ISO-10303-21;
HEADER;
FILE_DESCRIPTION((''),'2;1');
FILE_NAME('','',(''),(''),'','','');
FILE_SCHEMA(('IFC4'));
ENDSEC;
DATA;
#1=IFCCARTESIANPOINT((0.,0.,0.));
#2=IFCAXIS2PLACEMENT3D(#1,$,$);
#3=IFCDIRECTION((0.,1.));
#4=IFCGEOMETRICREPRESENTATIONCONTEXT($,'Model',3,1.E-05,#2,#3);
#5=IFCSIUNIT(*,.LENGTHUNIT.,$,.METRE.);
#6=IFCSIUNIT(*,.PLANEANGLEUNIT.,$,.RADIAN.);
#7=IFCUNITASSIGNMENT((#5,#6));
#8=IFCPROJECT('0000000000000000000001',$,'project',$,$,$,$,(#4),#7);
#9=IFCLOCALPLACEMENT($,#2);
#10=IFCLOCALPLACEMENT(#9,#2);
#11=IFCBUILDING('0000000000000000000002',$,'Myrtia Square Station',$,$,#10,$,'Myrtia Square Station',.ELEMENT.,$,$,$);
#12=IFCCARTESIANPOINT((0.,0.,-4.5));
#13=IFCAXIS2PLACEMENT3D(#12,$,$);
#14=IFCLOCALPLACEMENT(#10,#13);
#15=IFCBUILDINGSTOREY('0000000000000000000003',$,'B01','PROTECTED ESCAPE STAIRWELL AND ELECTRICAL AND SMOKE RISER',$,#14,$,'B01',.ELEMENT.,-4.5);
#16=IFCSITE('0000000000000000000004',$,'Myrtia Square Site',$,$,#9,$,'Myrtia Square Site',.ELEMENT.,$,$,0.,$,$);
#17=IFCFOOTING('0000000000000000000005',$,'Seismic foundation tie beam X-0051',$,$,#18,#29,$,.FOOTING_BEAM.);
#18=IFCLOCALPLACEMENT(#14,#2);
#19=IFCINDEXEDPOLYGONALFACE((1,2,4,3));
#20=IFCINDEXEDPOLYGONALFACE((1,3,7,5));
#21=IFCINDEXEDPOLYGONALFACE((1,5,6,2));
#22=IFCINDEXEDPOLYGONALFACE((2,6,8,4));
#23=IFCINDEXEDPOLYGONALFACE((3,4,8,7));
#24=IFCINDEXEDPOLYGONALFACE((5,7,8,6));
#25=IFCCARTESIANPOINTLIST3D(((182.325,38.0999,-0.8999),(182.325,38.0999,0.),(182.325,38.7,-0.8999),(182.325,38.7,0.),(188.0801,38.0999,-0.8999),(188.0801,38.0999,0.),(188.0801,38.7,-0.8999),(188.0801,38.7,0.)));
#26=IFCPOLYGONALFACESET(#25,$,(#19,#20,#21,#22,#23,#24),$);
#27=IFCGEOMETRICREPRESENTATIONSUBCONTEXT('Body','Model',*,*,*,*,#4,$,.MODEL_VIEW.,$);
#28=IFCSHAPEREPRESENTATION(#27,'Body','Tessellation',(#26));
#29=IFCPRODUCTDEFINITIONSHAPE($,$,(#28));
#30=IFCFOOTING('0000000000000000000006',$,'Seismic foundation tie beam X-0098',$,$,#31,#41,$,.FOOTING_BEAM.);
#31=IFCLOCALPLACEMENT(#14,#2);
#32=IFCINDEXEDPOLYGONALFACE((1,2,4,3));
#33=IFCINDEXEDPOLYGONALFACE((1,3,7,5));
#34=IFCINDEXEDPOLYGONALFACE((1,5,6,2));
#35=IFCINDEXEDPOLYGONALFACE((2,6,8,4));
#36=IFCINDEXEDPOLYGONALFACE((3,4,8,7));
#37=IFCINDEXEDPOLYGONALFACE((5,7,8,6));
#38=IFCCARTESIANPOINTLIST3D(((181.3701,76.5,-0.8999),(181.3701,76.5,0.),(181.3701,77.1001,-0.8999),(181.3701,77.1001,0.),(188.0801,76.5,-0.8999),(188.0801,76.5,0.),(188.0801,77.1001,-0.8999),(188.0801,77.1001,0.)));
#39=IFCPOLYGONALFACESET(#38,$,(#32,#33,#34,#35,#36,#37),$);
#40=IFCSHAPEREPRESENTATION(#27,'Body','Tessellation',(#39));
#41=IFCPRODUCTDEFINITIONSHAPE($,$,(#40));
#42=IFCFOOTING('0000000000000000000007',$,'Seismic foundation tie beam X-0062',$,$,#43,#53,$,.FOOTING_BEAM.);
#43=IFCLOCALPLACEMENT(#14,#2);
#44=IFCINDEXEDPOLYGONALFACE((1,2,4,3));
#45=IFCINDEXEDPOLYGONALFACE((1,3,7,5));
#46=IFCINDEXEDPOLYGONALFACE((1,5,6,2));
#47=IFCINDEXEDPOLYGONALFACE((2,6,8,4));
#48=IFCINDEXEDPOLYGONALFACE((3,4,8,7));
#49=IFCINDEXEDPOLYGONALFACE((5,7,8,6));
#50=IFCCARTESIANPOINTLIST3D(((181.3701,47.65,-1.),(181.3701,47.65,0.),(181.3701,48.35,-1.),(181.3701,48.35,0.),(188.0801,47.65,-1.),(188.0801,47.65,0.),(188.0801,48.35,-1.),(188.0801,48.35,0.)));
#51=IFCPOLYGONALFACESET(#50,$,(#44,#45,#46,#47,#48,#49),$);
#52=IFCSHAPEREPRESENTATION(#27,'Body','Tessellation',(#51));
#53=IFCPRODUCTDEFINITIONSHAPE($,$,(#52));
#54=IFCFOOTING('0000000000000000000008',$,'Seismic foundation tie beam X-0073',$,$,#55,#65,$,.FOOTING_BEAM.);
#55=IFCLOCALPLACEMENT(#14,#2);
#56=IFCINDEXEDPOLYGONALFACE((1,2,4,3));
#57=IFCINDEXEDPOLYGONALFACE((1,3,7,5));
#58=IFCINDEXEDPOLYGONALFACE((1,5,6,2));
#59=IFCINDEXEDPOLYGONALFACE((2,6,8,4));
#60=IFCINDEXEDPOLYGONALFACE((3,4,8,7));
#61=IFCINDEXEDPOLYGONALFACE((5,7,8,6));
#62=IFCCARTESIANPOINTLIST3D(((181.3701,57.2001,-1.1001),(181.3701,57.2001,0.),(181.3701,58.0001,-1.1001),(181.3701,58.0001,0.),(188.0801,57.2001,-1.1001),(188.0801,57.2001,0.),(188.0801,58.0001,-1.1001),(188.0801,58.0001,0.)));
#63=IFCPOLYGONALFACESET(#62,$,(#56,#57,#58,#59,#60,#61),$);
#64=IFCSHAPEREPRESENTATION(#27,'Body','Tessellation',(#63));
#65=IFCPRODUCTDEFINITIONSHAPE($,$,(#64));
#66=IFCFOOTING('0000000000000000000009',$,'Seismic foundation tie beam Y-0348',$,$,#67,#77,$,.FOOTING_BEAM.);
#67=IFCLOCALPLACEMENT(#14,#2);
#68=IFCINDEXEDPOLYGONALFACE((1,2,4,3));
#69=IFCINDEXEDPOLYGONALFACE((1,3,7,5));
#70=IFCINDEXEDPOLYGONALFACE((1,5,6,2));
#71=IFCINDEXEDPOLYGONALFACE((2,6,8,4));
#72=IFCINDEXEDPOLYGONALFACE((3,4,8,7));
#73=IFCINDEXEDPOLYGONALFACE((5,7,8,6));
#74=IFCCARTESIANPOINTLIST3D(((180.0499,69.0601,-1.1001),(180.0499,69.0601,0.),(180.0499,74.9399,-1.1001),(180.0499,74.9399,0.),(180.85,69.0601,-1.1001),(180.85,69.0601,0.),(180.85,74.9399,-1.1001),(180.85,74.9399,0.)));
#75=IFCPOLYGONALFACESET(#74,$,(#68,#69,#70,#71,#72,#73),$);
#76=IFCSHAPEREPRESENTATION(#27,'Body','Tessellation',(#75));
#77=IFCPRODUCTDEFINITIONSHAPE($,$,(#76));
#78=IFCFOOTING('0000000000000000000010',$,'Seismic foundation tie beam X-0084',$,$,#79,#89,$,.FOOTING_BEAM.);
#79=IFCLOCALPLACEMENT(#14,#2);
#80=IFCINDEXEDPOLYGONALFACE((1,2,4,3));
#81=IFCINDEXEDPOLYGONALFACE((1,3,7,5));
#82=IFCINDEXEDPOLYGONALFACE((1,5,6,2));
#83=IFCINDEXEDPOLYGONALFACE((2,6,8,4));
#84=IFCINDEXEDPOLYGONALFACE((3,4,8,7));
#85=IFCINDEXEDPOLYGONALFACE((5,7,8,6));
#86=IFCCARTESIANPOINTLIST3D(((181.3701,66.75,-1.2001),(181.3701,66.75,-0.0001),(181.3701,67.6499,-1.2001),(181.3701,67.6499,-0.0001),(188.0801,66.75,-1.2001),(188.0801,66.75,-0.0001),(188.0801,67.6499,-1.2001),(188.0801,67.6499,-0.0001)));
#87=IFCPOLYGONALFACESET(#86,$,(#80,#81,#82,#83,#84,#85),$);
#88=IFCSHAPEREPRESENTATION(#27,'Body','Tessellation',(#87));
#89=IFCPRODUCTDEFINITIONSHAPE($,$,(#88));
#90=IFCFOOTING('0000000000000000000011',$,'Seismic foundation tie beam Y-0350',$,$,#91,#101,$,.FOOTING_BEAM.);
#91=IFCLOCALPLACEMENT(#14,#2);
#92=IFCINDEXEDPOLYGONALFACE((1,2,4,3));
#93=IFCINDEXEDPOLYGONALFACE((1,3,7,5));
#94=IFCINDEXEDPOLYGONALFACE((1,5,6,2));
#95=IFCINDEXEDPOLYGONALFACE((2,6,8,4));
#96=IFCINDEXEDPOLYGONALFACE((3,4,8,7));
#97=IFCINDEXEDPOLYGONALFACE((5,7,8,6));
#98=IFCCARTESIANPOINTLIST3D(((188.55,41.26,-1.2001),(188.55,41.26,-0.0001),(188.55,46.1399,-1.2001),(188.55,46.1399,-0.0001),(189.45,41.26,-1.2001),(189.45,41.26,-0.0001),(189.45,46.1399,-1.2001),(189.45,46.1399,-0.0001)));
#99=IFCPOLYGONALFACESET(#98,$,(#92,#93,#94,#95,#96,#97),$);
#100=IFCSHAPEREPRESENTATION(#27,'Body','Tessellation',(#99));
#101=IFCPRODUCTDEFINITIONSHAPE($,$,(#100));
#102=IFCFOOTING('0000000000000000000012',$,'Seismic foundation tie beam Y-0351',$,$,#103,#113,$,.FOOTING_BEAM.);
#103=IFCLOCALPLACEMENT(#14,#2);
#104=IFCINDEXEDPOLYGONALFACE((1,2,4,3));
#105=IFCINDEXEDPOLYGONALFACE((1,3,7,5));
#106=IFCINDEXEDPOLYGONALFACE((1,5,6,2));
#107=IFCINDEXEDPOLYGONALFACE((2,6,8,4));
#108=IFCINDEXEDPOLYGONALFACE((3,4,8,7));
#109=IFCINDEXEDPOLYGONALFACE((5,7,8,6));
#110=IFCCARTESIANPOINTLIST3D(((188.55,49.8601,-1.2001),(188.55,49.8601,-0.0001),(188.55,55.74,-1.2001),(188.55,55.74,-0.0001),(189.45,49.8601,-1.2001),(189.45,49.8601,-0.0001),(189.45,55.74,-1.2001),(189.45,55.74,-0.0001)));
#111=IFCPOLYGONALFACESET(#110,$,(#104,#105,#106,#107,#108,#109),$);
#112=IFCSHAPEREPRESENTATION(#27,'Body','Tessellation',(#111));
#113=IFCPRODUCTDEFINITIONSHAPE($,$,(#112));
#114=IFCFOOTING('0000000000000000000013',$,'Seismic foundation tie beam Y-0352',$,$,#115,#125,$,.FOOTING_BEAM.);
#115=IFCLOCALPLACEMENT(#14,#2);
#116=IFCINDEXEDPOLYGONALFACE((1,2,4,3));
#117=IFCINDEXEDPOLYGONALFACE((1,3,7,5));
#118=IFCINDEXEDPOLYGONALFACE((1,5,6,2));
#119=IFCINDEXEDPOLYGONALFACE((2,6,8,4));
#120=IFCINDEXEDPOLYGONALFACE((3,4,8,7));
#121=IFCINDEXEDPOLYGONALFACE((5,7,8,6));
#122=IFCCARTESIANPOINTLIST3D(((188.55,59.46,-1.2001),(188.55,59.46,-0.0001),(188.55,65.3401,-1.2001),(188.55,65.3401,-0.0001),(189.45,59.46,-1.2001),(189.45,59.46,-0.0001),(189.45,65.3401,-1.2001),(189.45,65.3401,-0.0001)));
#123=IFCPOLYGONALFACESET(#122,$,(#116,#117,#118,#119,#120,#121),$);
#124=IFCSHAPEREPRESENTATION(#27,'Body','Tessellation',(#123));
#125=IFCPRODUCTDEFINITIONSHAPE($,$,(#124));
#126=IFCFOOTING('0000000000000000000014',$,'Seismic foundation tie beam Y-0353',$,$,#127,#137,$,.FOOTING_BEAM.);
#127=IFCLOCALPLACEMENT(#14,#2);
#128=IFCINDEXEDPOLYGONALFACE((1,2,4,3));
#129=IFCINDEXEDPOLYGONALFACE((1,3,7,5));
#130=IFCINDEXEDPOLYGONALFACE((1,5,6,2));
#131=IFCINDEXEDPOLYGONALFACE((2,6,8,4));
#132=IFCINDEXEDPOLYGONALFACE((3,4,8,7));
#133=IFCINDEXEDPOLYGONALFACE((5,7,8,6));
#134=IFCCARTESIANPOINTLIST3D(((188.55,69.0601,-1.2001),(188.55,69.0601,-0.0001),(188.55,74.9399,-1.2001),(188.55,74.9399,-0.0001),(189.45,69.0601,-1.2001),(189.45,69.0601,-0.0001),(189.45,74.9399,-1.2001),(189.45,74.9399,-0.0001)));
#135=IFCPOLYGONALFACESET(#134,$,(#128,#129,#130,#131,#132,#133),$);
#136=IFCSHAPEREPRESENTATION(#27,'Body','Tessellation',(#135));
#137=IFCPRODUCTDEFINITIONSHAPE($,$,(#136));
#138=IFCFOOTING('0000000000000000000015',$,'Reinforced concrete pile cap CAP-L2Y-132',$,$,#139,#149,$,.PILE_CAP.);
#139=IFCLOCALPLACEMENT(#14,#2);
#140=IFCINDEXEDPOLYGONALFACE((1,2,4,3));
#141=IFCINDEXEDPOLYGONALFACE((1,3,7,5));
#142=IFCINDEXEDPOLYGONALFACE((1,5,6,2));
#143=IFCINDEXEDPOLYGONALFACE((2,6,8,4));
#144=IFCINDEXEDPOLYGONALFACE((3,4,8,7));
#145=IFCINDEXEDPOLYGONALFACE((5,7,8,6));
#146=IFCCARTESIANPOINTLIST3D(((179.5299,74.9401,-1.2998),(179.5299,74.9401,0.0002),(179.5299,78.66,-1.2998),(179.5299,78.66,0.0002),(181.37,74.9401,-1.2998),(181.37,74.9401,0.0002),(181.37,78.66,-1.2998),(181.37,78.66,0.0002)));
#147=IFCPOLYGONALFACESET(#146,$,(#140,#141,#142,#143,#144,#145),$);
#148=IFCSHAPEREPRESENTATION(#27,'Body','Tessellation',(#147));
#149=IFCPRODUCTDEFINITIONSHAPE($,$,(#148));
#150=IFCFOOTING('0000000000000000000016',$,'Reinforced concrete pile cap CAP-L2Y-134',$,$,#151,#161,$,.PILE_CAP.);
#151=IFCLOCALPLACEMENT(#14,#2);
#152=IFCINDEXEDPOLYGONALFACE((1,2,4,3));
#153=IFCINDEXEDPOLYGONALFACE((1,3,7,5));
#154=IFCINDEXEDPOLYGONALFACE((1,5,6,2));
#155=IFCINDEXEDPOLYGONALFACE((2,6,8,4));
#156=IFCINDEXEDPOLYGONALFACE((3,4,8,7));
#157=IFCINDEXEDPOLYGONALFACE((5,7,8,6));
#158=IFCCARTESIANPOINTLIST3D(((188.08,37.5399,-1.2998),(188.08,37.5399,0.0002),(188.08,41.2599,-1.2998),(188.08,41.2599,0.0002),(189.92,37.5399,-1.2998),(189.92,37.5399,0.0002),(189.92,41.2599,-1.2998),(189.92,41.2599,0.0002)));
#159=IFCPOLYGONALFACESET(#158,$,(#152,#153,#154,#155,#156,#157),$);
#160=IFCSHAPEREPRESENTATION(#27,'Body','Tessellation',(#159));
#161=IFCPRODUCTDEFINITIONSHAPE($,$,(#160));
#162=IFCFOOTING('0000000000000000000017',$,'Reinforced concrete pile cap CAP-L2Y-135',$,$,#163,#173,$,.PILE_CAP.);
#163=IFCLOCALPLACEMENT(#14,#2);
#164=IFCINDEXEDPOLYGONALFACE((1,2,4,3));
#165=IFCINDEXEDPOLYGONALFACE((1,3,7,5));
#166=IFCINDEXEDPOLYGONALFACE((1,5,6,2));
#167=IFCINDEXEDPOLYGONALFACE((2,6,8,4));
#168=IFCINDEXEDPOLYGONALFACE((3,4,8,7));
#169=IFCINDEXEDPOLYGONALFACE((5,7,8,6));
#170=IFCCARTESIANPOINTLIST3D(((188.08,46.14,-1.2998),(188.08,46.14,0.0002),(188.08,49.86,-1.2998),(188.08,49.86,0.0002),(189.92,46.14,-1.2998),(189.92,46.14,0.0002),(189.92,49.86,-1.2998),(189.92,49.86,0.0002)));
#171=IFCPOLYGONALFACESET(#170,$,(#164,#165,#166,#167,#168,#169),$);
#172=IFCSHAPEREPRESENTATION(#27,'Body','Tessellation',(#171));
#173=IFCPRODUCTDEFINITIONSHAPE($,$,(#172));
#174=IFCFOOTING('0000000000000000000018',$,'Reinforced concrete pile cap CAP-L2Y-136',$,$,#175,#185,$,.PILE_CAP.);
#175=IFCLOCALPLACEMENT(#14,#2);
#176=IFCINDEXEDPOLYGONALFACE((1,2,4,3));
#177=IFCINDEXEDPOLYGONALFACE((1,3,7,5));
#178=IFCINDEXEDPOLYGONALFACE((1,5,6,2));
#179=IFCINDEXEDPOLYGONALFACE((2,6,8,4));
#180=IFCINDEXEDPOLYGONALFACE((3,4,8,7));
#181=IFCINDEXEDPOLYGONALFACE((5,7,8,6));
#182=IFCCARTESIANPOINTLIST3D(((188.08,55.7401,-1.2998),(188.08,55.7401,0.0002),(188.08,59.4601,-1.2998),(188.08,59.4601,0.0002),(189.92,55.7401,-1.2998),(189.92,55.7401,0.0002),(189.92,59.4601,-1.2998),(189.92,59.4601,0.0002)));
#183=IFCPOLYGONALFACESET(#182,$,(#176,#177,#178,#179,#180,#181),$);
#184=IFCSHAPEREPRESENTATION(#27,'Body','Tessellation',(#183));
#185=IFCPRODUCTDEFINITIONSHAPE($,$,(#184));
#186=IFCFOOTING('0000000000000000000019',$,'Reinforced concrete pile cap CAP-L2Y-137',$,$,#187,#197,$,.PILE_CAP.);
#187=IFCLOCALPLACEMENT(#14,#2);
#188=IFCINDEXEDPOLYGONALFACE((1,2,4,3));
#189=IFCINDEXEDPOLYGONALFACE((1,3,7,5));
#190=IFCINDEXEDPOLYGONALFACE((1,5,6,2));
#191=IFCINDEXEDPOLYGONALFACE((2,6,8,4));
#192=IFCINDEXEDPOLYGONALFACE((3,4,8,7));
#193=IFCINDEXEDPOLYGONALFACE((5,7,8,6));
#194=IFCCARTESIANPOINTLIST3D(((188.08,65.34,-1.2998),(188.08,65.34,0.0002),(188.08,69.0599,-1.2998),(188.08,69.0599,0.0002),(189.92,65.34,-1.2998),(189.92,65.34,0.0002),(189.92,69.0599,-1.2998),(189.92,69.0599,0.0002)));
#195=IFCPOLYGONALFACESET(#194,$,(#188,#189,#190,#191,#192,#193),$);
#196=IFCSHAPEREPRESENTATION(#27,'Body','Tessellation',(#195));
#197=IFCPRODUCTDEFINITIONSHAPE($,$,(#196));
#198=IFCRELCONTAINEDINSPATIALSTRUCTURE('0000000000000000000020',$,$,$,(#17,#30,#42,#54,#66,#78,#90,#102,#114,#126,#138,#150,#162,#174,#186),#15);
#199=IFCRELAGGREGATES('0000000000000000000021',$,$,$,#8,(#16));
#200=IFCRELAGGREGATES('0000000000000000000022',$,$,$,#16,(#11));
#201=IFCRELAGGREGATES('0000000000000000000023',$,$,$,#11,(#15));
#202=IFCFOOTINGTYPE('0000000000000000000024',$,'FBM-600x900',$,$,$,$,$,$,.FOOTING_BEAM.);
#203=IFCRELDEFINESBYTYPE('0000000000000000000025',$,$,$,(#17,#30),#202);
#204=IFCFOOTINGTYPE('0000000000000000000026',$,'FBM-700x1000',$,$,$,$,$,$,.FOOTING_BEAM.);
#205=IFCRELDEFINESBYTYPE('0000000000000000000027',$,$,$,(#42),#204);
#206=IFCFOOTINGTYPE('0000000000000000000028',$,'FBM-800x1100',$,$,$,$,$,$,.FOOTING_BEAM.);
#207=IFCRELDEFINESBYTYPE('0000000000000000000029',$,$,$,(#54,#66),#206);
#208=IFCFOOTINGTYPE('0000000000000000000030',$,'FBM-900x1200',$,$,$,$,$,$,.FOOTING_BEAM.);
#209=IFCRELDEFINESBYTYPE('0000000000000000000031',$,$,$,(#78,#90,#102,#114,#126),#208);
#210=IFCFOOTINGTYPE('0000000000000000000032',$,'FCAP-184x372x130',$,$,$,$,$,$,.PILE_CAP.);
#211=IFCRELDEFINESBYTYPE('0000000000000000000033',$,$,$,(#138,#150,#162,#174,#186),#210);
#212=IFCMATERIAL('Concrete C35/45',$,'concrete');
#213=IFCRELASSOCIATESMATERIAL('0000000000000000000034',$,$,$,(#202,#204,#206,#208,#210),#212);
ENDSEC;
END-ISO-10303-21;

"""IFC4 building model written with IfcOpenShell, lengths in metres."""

from ifc_helpers import new_model, si_unit, direction, frame, origin, origin_2d, place, context, subcontext, project, spatial, rectangle, extrude, material, material_profile, profile_set, type_object, element, save


model = new_model("IFC4")

# Units and contexts
model_context = context("Model", 3, precision=1e-05, world=origin(), true_north=direction((0.0, 1.0)))
body_context = subcontext(model_context, "Body", "Model", "MODEL_VIEW")
ifc_project = project(units=[si_unit("LENGTHUNIT", "METRE"), si_unit("PLANEANGLEUNIT", "RADIAN")], contexts=[model_context])

# Site, building, storey
site_placement = place(None, origin())
site = spatial("IfcSite", under=ifc_project, at=site_placement, Name="Myrtia Square Site", LongName="Myrtia Square Site", CompositionType="ELEMENT", RefElevation=0.0)
building_placement = place(site_placement, origin())
building = spatial("IfcBuilding", under=site, at=building_placement, Name="Myrtia Square Station", LongName="Myrtia Square Station", CompositionType="ELEMENT")
storey_placement = place(building_placement, frame((0.0, 0.0, -4.5)))
storey = spatial("IfcBuildingStorey", under=building, at=storey_placement, Name="B01", Description="PROTECTED ESCAPE STAIRWELL AND ELECTRICAL AND SMOKE RISER", LongName="B01", CompositionType="ELEMENT", Elevation=-4.5)

# Footings
ifc_material_1 = material(Name="Concrete C35/45", Category="concrete")
ifc_material_profile_1 = material_profile(ifc_material_1, rectangle(XDim=0.6001, YDim=0.8999, at=origin_2d()), Name="FB 600x900")
ifc_profile_set_1 = profile_set([ifc_material_profile_1], Name="Concrete C35/45")
footing_type_1 = type_object("IfcFootingType", Name="FBM-600x900", PredefinedType="FOOTING_BEAM", material=ifc_profile_set_1)
footing_1_placement = place(storey_placement, frame((182.325, 38.3999, -0.45), z_axis=(1.0, 0.0, 0.0), x_axis=(0.0, 1.0, 0.0)))
element("IfcFooting", 1, at=footing_1_placement, inside=storey, type_object=footing_type_1, Name="Seismic foundation tie beam X-0051", PredefinedType="FOOTING_BEAM", context=body_context, shape_type="SweptSolid", body=[
    extrude(rectangle(XDim=0.6001, YDim=0.8999, at=origin_2d()), origin(), (0.0, 0.0, 1.0), 5.7551),
])
footing_2_placement = place(storey_placement, frame((181.3701, 76.8, -0.45), z_axis=(1.0, 0.0, 0.0), x_axis=(0.0, 1.0, 0.0)))
element("IfcFooting", 2, at=footing_2_placement, inside=storey, type_object=footing_type_1, Name="Seismic foundation tie beam X-0098", PredefinedType="FOOTING_BEAM", context=body_context, shape_type="SweptSolid", body=[
    extrude(rectangle(XDim=0.6001, YDim=0.8999, at=origin_2d()), origin(), (0.0, 0.0, 1.0), 6.71),
])
ifc_material_profile_2 = material_profile(ifc_material_1, rectangle(XDim=0.7, YDim=1.0, at=origin_2d()), Name="FB 700x1000")
ifc_profile_set_2 = profile_set([ifc_material_profile_2], Name="Concrete C35/45")
footing_type_2 = type_object("IfcFootingType", Name="FBM-700x1000", PredefinedType="FOOTING_BEAM", material=ifc_profile_set_2)
footing_3_placement = place(storey_placement, frame((181.3701, 48.0, -0.5), z_axis=(1.0, 0.0, 0.0), x_axis=(0.0, 1.0, 0.0)))
element("IfcFooting", 3, at=footing_3_placement, inside=storey, type_object=footing_type_2, Name="Seismic foundation tie beam X-0062", PredefinedType="FOOTING_BEAM", context=body_context, shape_type="SweptSolid", body=[
    extrude(rectangle(XDim=0.7, YDim=1.0, at=origin_2d()), origin(), (0.0, 0.0, 1.0), 6.71),
])
ifc_material_profile_3 = material_profile(ifc_material_1, rectangle(XDim=0.8, YDim=1.1001, at=origin_2d()), Name="FB 800x1100")
ifc_profile_set_3 = profile_set([ifc_material_profile_3], Name="Concrete C35/45")
footing_type_3 = type_object("IfcFootingType", Name="FBM-800x1100", PredefinedType="FOOTING_BEAM", material=ifc_profile_set_3)
footing_4_placement = place(storey_placement, frame((181.3701, 57.6001, -0.55), z_axis=(1.0, 0.0, 0.0), x_axis=(0.0, 1.0, 0.0)))
element("IfcFooting", 4, at=footing_4_placement, inside=storey, type_object=footing_type_3, Name="Seismic foundation tie beam X-0073", PredefinedType="FOOTING_BEAM", context=body_context, shape_type="SweptSolid", body=[
    extrude(rectangle(XDim=0.8, YDim=1.1001, at=origin_2d()), origin(), (0.0, 0.0, 1.0), 6.71),
])
footing_5_placement = place(storey_placement, frame((180.45, 69.0601, -0.55), z_axis=(0.0, 1.0, 0.0), x_axis=(-1.0, 0.0, 0.0)))
element("IfcFooting", 5, at=footing_5_placement, inside=storey, type_object=footing_type_3, Name="Seismic foundation tie beam Y-0348", PredefinedType="FOOTING_BEAM", context=body_context, shape_type="SweptSolid", body=[
    extrude(rectangle(XDim=0.8, YDim=1.1001, at=origin_2d()), origin(), (0.0, 0.0, 1.0), 5.8799),
])
ifc_material_profile_4 = material_profile(ifc_material_1, rectangle(XDim=0.8999, YDim=1.2, at=origin_2d()), Name="FB 900x1200")
ifc_profile_set_4 = profile_set([ifc_material_profile_4], Name="Concrete C35/45")
footing_type_4 = type_object("IfcFootingType", Name="FBM-900x1200", PredefinedType="FOOTING_BEAM", material=ifc_profile_set_4)
footing_6_placement = place(storey_placement, frame((181.3701, 67.2, -0.6001), z_axis=(1.0, 0.0, 0.0), x_axis=(0.0, 1.0, 0.0)))
element("IfcFooting", 6, at=footing_6_placement, inside=storey, type_object=footing_type_4, Name="Seismic foundation tie beam X-0084", PredefinedType="FOOTING_BEAM", context=body_context, shape_type="SweptSolid", body=[
    extrude(rectangle(XDim=0.8999, YDim=1.2, at=origin_2d()), origin(), (0.0, 0.0, 1.0), 6.71),
])
footing_7_placement = place(storey_placement, frame((189.0, 41.26, -0.6001), z_axis=(0.0, 1.0, 0.0), x_axis=(-1.0, 0.0, 0.0)))
element("IfcFooting", 7, at=footing_7_placement, inside=storey, type_object=footing_type_4, Name="Seismic foundation tie beam Y-0350", PredefinedType="FOOTING_BEAM", context=body_context, shape_type="SweptSolid", body=[
    extrude(rectangle(XDim=0.8999, YDim=1.2, at=origin_2d()), origin(), (0.0, 0.0, 1.0), 4.8799),
])
footing_8_placement = place(storey_placement, frame((189.0, 49.8601, -0.6001), z_axis=(0.0, 1.0, 0.0), x_axis=(-1.0, 0.0, 0.0)))
element("IfcFooting", 8, at=footing_8_placement, inside=storey, type_object=footing_type_4, Name="Seismic foundation tie beam Y-0351", PredefinedType="FOOTING_BEAM", context=body_context, shape_type="SweptSolid", body=[
    extrude(rectangle(XDim=0.8999, YDim=1.2, at=origin_2d()), origin(), (0.0, 0.0, 1.0), 5.8799),
])
footing_9_placement = place(storey_placement, frame((189.0, 59.46, -0.6001), z_axis=(0.0, 1.0, 0.0), x_axis=(-1.0, 0.0, 0.0)))
element("IfcFooting", 9, at=footing_9_placement, inside=storey, type_object=footing_type_4, Name="Seismic foundation tie beam Y-0352", PredefinedType="FOOTING_BEAM", context=body_context, shape_type="SweptSolid", body=[
    extrude(rectangle(XDim=0.8999, YDim=1.2, at=origin_2d()), origin(), (0.0, 0.0, 1.0), 5.8801),
])
footing_10_placement = place(storey_placement, frame((189.0, 69.0601, -0.6001), z_axis=(0.0, 1.0, 0.0), x_axis=(-1.0, 0.0, 0.0)))
element("IfcFooting", 10, at=footing_10_placement, inside=storey, type_object=footing_type_4, Name="Seismic foundation tie beam Y-0353", PredefinedType="FOOTING_BEAM", context=body_context, shape_type="SweptSolid", body=[
    extrude(rectangle(XDim=0.8999, YDim=1.2, at=origin_2d()), origin(), (0.0, 0.0, 1.0), 5.8799),
])
footing_type_5 = type_object("IfcFootingType", Name="FCAP-184x372x130", PredefinedType="PILE_CAP", material=ifc_material_1)
for number, where, z_axis, x_axis, name in (
    (11, (180.45, 76.8, -1.2998), (0.0, 0.0, 1.0), (1.0, 0.0, 0.0), "Reinforced concrete pile cap CAP-L2Y-132"),
    (12, (189.0, 39.3999, -1.2998), (0.0, 0.0, 1.0), (1.0, 0.0, 0.0), "Reinforced concrete pile cap CAP-L2Y-134"),
    (13, (189.0, 48.0, -1.2998), (0.0, 0.0, 1.0), (1.0, 0.0, 0.0), "Reinforced concrete pile cap CAP-L2Y-135"),
    (14, (189.0, 57.6001, -1.2998), (0.0, 0.0, 1.0), (1.0, 0.0, 0.0), "Reinforced concrete pile cap CAP-L2Y-136"),
    (15, (189.0, 67.2, -1.2998), (0.0, 0.0, 1.0), (1.0, 0.0, 0.0), "Reinforced concrete pile cap CAP-L2Y-137"),
):
    element("IfcFooting", number, at=place(storey_placement, frame(where, z_axis=z_axis, x_axis=x_axis)), inside=storey, type_object=footing_type_5, Name=name, PredefinedType="PILE_CAP", context=body_context, shape_type="SweptSolid", body=[
        extrude(rectangle(XDim=1.8401, YDim=3.72, at=origin_2d()), origin(), (0.0, 0.0, 1.0), 1.3),
    ])

save(model, "model.ifc")
